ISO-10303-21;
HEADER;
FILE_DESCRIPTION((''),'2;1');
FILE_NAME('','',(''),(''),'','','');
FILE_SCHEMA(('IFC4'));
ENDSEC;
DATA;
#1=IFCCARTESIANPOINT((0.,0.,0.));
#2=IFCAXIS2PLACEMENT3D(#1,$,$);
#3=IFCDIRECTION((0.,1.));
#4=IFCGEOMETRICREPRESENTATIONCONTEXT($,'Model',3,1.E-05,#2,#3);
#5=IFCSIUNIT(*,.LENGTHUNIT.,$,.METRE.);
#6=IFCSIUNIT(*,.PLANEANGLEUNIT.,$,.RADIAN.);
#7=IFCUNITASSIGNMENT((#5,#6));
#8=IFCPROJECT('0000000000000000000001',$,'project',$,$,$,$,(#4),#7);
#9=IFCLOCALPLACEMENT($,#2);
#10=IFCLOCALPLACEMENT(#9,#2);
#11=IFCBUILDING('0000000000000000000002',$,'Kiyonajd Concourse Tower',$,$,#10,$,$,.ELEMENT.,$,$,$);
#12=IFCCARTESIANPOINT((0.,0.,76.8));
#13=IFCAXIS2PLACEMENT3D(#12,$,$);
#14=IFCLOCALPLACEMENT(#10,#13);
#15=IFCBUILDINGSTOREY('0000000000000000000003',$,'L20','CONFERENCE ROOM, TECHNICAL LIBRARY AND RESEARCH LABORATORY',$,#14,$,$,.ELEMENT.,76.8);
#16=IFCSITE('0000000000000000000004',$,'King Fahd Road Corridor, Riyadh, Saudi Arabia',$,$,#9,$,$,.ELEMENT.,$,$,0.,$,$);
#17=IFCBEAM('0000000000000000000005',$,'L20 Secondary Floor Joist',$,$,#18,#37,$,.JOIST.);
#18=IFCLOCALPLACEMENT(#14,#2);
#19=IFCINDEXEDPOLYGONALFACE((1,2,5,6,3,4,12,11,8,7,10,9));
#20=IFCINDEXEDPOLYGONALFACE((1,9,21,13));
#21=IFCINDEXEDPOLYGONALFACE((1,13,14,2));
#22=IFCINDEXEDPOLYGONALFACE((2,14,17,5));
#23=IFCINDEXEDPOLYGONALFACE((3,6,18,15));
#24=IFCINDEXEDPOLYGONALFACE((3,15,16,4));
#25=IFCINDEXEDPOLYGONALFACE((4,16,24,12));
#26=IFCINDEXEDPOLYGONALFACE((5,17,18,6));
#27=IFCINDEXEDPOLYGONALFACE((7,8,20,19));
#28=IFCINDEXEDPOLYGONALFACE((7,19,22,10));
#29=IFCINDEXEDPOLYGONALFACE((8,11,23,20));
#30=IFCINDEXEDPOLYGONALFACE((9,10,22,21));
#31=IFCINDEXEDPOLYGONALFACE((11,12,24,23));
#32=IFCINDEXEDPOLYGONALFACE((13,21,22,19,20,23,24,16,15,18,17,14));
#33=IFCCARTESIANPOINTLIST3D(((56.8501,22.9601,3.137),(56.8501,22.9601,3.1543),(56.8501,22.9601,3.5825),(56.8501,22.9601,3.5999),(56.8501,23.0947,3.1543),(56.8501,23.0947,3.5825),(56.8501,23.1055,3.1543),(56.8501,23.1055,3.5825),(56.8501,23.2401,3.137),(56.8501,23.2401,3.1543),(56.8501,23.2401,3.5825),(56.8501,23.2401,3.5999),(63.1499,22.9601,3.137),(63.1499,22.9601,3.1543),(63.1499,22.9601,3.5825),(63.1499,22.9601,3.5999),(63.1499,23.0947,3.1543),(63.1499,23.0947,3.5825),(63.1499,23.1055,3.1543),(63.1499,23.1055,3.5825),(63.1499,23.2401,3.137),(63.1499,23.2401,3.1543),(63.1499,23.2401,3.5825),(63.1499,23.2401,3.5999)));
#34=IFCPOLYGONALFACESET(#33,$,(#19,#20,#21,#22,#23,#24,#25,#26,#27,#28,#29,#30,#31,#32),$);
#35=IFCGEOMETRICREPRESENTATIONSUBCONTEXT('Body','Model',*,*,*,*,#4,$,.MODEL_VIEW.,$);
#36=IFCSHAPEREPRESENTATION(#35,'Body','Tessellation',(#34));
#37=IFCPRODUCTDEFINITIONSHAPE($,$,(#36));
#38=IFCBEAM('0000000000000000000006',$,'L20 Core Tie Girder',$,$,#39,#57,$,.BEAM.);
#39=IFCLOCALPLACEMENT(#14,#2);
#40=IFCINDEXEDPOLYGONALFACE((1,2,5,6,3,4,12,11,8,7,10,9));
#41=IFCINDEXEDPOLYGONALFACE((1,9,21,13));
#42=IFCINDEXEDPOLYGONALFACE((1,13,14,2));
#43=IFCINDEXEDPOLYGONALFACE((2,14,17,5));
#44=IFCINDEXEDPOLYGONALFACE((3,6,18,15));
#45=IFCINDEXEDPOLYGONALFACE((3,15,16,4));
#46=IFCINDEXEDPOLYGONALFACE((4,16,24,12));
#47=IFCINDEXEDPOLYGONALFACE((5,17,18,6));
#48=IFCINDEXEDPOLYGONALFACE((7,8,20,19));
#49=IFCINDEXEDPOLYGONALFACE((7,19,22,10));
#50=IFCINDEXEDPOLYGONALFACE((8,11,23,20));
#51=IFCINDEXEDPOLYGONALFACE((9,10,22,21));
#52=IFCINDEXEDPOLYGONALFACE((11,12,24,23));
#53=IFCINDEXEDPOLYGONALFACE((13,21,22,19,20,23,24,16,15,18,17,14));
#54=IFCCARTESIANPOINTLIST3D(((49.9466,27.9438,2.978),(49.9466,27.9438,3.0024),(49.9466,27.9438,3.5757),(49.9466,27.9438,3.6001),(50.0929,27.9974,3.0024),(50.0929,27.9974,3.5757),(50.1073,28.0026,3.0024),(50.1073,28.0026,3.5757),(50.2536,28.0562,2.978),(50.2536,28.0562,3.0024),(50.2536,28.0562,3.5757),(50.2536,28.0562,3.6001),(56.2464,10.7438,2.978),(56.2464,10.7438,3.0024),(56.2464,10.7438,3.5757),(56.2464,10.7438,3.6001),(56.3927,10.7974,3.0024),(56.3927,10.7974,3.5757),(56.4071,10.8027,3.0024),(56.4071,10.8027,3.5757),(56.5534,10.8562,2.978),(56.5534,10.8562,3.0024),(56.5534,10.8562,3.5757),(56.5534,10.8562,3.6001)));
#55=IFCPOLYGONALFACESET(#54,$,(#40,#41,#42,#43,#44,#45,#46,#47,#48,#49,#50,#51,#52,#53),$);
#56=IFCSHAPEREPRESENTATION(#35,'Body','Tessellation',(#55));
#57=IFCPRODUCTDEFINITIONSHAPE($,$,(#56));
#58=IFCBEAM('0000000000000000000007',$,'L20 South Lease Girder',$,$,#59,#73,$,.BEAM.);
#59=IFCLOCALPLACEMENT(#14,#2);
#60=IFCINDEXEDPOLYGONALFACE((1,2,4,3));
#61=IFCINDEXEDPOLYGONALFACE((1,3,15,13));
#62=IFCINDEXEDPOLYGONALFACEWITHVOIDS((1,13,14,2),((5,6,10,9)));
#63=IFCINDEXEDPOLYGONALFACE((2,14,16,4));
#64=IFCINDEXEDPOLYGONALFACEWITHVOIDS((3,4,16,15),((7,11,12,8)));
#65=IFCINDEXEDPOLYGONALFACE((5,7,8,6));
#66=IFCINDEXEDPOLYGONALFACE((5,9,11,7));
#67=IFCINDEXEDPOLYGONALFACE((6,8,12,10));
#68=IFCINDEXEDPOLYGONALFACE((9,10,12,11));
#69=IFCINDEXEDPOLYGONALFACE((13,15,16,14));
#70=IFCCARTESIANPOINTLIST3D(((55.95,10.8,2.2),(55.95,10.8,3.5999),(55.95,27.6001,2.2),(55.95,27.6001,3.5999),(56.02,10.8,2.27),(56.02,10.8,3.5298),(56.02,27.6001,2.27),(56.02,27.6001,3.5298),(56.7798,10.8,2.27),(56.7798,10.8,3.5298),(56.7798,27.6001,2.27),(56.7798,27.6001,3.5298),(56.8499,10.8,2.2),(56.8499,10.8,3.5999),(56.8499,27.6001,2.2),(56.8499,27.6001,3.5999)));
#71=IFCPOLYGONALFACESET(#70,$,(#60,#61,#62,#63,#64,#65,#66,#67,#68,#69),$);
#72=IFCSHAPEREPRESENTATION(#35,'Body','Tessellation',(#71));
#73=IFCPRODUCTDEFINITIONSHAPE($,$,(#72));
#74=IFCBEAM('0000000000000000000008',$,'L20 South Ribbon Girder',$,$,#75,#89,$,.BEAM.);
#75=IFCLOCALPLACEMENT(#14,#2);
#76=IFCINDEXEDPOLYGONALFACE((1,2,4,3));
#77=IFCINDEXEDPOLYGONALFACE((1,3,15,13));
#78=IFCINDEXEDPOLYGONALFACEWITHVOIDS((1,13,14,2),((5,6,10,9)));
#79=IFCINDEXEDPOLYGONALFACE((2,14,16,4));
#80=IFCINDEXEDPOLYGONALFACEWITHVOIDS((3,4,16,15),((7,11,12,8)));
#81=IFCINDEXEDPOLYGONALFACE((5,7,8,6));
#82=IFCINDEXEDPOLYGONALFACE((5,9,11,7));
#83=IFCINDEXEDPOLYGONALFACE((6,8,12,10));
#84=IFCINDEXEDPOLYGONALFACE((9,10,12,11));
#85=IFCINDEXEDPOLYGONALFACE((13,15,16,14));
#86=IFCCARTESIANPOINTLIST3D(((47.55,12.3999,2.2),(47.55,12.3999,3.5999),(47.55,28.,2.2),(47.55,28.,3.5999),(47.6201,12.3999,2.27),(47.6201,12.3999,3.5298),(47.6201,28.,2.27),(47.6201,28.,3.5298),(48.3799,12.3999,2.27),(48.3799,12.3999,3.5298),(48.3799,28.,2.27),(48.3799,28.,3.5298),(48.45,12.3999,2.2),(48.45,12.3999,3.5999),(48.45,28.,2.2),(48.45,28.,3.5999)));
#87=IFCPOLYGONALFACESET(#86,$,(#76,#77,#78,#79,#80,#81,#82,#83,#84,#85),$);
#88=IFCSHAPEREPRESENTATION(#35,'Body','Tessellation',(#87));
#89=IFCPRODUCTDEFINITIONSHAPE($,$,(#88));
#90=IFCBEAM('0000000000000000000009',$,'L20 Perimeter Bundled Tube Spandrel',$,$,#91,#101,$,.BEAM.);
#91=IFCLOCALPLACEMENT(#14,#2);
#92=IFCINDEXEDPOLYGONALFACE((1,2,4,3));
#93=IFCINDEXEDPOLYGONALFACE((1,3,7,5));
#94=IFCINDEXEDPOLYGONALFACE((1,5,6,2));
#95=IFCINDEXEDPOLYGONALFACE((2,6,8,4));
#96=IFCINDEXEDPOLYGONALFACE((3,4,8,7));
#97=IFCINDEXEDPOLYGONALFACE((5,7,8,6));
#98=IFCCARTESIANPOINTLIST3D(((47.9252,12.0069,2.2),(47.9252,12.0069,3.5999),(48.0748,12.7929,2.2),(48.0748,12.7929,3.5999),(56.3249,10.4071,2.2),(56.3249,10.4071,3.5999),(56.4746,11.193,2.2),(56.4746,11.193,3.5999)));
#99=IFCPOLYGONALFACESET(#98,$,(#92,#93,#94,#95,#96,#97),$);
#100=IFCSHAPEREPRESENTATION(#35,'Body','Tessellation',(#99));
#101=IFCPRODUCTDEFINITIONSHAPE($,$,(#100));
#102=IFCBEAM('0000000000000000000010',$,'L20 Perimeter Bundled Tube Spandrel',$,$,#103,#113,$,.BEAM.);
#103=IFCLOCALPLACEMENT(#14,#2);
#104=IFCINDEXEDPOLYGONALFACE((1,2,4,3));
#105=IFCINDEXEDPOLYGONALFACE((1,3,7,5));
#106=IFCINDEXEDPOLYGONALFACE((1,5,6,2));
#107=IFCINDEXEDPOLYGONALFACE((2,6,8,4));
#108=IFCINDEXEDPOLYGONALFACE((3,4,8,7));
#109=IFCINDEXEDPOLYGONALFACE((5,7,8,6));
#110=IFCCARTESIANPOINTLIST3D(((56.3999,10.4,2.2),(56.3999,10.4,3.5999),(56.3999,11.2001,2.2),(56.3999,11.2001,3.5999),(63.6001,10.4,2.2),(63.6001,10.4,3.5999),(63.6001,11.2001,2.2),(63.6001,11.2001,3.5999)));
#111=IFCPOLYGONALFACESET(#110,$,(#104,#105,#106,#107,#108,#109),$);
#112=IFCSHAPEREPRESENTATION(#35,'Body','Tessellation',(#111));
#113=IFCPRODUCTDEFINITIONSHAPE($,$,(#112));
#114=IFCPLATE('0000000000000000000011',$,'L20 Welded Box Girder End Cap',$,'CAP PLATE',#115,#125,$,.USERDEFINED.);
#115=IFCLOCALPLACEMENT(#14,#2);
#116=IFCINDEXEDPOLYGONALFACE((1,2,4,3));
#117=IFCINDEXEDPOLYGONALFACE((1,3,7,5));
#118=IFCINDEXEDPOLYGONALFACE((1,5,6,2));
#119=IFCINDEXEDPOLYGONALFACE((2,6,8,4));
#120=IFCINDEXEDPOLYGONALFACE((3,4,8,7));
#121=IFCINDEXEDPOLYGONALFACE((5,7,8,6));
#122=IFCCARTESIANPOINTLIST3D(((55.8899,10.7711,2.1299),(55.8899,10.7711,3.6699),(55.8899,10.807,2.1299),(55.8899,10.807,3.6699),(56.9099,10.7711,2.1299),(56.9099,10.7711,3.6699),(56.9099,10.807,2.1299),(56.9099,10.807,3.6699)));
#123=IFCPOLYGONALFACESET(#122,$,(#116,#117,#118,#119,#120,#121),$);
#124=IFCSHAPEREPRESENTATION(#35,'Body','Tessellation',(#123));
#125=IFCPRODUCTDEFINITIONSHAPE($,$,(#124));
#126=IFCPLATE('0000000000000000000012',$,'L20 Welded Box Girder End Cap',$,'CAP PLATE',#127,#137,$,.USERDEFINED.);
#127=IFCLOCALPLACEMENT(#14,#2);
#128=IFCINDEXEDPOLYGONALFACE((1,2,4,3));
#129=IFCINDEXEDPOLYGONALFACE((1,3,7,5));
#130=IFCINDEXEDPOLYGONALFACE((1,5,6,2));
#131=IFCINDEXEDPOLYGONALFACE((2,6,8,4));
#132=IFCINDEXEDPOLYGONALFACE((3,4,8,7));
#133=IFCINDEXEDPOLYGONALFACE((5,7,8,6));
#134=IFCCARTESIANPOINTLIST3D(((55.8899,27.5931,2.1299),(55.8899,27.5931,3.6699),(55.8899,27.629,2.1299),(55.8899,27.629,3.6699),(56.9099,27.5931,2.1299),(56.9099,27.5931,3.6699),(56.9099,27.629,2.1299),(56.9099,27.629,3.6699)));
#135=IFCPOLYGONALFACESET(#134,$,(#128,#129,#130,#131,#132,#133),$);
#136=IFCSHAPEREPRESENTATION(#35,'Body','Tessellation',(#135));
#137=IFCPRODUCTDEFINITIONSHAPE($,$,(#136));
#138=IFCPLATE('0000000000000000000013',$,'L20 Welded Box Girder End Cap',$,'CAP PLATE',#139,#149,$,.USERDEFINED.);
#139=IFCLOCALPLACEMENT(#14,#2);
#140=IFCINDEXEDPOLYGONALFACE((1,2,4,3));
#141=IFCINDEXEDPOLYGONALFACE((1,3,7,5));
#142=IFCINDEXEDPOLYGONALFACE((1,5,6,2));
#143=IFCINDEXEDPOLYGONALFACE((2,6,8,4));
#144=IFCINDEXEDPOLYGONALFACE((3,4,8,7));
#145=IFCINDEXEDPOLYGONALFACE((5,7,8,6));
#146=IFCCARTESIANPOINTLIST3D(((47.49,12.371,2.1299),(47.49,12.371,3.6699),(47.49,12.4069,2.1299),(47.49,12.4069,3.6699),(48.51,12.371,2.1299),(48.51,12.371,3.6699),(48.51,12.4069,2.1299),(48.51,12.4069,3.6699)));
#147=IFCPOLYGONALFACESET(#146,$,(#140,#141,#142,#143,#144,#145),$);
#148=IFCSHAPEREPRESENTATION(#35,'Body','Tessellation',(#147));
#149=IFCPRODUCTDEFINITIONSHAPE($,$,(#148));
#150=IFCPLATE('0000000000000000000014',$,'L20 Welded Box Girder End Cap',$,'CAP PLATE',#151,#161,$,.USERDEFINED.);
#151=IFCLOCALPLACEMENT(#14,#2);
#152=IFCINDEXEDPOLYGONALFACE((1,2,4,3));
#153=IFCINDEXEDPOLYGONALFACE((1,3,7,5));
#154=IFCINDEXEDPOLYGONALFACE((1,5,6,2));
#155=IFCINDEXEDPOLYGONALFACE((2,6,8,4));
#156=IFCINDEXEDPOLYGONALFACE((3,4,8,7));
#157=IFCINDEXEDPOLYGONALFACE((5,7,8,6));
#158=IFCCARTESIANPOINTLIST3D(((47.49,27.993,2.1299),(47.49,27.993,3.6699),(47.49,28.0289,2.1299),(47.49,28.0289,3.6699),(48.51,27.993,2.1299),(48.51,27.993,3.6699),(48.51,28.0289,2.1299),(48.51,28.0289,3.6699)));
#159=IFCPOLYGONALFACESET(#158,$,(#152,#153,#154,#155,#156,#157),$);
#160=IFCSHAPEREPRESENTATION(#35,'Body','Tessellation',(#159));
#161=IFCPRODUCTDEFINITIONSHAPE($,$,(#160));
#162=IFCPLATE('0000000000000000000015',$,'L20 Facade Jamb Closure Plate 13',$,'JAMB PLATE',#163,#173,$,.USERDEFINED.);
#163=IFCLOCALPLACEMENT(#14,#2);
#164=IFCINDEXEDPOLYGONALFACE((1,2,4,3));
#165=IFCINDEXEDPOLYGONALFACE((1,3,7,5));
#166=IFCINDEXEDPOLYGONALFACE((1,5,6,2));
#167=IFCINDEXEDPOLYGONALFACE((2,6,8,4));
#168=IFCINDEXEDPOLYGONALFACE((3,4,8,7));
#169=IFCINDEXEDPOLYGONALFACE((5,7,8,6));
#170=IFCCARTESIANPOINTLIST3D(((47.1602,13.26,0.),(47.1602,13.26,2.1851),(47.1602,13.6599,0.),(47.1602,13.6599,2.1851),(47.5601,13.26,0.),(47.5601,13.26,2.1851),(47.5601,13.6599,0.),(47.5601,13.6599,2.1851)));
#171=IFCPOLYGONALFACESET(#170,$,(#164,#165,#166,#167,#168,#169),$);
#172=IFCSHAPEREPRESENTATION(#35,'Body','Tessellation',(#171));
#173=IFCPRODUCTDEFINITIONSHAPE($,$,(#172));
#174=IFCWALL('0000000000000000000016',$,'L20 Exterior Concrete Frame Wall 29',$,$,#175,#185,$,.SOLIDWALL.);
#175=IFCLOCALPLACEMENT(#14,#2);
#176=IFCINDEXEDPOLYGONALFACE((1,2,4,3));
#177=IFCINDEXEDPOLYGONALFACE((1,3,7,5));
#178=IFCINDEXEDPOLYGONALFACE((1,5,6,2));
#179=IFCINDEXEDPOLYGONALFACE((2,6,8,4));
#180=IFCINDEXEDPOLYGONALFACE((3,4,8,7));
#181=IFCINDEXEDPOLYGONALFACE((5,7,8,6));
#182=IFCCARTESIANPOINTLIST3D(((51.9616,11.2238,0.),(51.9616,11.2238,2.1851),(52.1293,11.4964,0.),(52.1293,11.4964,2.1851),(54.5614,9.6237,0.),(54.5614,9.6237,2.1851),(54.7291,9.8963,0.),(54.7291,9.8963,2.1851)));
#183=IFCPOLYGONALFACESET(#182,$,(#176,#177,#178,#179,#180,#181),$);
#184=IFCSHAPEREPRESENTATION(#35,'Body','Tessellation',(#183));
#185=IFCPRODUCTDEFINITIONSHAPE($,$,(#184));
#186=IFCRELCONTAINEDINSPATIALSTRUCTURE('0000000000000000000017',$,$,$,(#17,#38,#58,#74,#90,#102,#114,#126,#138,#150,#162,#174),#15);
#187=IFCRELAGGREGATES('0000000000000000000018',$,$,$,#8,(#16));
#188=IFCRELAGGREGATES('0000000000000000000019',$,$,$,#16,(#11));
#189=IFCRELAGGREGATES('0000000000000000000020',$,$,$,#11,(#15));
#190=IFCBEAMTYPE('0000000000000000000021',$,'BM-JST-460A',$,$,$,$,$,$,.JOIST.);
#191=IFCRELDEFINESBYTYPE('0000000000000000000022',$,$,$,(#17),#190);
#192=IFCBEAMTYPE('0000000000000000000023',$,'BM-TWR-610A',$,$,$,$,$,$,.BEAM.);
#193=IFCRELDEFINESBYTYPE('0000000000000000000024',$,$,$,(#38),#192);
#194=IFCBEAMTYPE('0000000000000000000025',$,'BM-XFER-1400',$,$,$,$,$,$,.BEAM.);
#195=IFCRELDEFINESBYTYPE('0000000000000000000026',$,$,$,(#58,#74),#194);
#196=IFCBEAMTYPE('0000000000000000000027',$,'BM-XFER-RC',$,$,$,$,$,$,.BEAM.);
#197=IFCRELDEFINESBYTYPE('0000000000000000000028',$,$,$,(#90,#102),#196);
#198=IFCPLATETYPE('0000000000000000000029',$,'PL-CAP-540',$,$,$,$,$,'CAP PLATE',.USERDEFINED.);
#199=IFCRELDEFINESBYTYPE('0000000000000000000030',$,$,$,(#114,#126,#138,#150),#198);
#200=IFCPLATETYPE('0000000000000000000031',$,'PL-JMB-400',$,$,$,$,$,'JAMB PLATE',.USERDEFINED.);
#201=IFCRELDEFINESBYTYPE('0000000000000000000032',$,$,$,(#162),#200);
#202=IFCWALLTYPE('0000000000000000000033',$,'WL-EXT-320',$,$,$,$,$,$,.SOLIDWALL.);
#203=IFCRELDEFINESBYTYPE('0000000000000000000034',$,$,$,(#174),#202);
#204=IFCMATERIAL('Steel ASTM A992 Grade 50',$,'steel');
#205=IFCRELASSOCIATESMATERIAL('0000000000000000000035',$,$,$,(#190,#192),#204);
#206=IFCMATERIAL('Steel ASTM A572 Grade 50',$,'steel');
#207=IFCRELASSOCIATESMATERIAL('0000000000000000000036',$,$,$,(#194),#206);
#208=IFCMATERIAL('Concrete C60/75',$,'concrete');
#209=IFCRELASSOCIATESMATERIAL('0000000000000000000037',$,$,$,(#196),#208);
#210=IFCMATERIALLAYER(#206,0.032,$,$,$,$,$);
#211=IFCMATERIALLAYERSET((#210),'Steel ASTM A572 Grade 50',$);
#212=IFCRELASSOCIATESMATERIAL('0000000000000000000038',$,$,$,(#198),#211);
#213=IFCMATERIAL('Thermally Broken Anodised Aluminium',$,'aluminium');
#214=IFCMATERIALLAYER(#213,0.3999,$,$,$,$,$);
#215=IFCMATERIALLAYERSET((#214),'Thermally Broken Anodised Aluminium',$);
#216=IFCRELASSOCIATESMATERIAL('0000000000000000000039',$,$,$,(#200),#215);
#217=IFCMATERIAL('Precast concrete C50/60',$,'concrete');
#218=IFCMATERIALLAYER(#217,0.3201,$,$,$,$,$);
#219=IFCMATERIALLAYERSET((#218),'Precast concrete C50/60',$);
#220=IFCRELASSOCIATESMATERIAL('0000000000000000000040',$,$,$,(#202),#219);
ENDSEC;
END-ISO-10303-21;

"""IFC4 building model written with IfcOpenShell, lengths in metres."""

from ifc_helpers import new_model, si_unit, direction, frame, frame_2d, origin, origin_2d, place, context, subcontext, project, spatial, rectangle, hollow_rectangle, i_section, extrude, material, layer, layer_set, material_profile, profile_set, type_object, element, save


model = new_model("IFC4")

# Units and contexts
model_context = context("Model", 3, precision=1e-05, world=origin(), true_north=direction((0.0, 1.0)))
body_context = subcontext(model_context, "Body", "Model", "MODEL_VIEW")
ifc_project = project(units=[si_unit("LENGTHUNIT", "METRE"), si_unit("PLANEANGLEUNIT", "RADIAN")], contexts=[model_context])

# Site, building, storey
site_placement = place(None, origin())
site = spatial("IfcSite", under=ifc_project, at=site_placement, Name="King Fahd Road Corridor, Riyadh, Saudi Arabia", CompositionType="ELEMENT", RefElevation=0.0)
building_placement = place(site_placement, origin())
building = spatial("IfcBuilding", under=site, at=building_placement, Name="Kiyonajd Concourse Tower", CompositionType="ELEMENT")
storey_placement = place(building_placement, frame((0.0, 0.0, 76.8)))
storey = spatial("IfcBuildingStorey", under=building, at=storey_placement, Name="L20", Description="CONFERENCE ROOM, TECHNICAL LIBRARY AND RESEARCH LABORATORY", CompositionType="ELEMENT", Elevation=76.8)

# Shared definitions
ifc_material_1 = material(Name="Concrete C60/75", Category="concrete")

# Beams
ifc_material_2 = material(Name="Steel ASTM A992 Grade 50", Category="steel")
ifc_material_profile_1 = material_profile(ifc_material_2, i_section(OverallWidth=0.28, OverallDepth=0.4629, WebThickness=0.0107, FlangeThickness=0.0173, at=origin_2d()), Name="W460X113")
ifc_profile_set_1 = profile_set([ifc_material_profile_1], Name="Steel ASTM A992 Grade 50")
beam_type_1 = type_object("IfcBeamType", Name="BM-JST-460A", PredefinedType="JOIST", material=ifc_profile_set_1)
beam_1_placement = place(storey_placement, frame((56.8501, 23.1001, 3.3684), z_axis=(1.0, 0.0, 0.0), x_axis=(0.0, 1.0, 0.0)))
element("IfcBeam", 1, at=beam_1_placement, inside=storey, type_object=beam_type_1, Name="L20 Secondary Floor Joist", PredefinedType="JOIST", context=body_context, shape_type="SweptSolid", body=[
    extrude(i_section(OverallWidth=0.28, OverallDepth=0.4629, WebThickness=0.0107, FlangeThickness=0.0173, at=origin_2d()), origin(), (0.0, 0.0, 1.0), 6.2998),
])
ifc_material_profile_2 = material_profile(ifc_material_2, i_section(OverallWidth=0.3269, OverallDepth=0.6221, WebThickness=0.0154, FlangeThickness=0.0244, at=origin_2d()), Name="W610X195")
ifc_profile_set_2 = profile_set([ifc_material_profile_2], Name="Steel ASTM A992 Grade 50")
beam_type_2 = type_object("IfcBeamType", Name="BM-TWR-610A", PredefinedType="BEAM", material=ifc_profile_set_2)
beam_2_placement = place(storey_placement, frame((50.1001, 28.0, 3.2891), z_axis=(0.343925, -0.938997, 0.0), x_axis=(0.938997, 0.343925, 0.0)))
element("IfcBeam", 2, at=beam_2_placement, inside=storey, type_object=beam_type_2, Name="L20 Core Tie Girder", PredefinedType="BEAM", context=body_context, shape_type="SweptSolid", body=[
    extrude(i_section(OverallWidth=0.3269, OverallDepth=0.6221, WebThickness=0.0154, FlangeThickness=0.0244, at=origin_2d()), origin(), (0.0, 0.0, 1.0), 18.3174),
])
ifc_material_3 = material(Name="Steel ASTM A572 Grade 50", Category="steel")
ifc_material_profile_3 = material_profile(ifc_material_3, hollow_rectangle(XDim=0.8999, YDim=1.3999, WallThickness=0.0701, at=origin_2d()), Name="BOX-1400x900x70")
ifc_profile_set_3 = profile_set([ifc_material_profile_3], Name="Steel ASTM A572 Grade 50")
beam_type_3 = type_object("IfcBeamType", Name="BM-XFER-1400", PredefinedType="BEAM", material=ifc_profile_set_3)
beam_3_placement = place(storey_placement, frame((56.3999, 10.8, 2.8999), z_axis=(0.0, 1.0, 0.0), x_axis=(-1.0, 0.0, 0.0)))
element("IfcBeam", 3, at=beam_3_placement, inside=storey, type_object=beam_type_3, Name="L20 South Lease Girder", PredefinedType="BEAM", context=body_context, shape_type="SweptSolid", body=[
    extrude(hollow_rectangle(XDim=0.8999, YDim=1.3999, WallThickness=0.0701, at=origin_2d()), origin(), (0.0, 0.0, 1.0), 16.8),
])
beam_4_placement = place(storey_placement, frame((48.0, 12.3999, 2.8999), z_axis=(0.0, 1.0, 0.0), x_axis=(-1.0, 0.0, 0.0)))
element("IfcBeam", 4, at=beam_4_placement, inside=storey, type_object=beam_type_3, Name="L20 South Ribbon Girder", PredefinedType="BEAM", context=body_context, shape_type="SweptSolid", body=[
    extrude(hollow_rectangle(XDim=0.8999, YDim=1.3999, WallThickness=0.0701, at=origin_2d()), origin(), (0.0, 0.0, 1.0), 15.6001),
])
ifc_material_profile_4 = material_profile(ifc_material_1, rectangle(XDim=0.8, YDim=1.3999, at=origin_2d()), Name="RCBM-800x1400")
ifc_profile_set_4 = profile_set([ifc_material_profile_4], Name="Concrete C60/75")
beam_type_4 = type_object("IfcBeamType", Name="BM-XFER-RC", PredefinedType="BEAM", material=ifc_profile_set_4)
beam_5_placement = place(storey_placement, frame((48.0, 12.3999, 2.8999), z_axis=(0.982341, -0.187098, 0.0), x_axis=(0.187098, 0.982341, 0.0)))
element("IfcBeam", 5, at=beam_5_placement, inside=storey, type_object=beam_type_4, Name="L20 Perimeter Bundled Tube Spandrel", PredefinedType="BEAM", context=body_context, shape_type="SweptSolid", body=[
    extrude(rectangle(XDim=0.8, YDim=1.3999, at=origin_2d()), origin(), (0.0, 0.0, 1.0), 8.5508),
])
beam_6_placement = place(storey_placement, frame((56.3999, 10.8, 2.8999), z_axis=(1.0, 0.0, 0.0), x_axis=(0.0, 1.0, 0.0)))
element("IfcBeam", 6, at=beam_6_placement, inside=storey, type_object=beam_type_4, Name="L20 Perimeter Bundled Tube Spandrel", PredefinedType="BEAM", context=body_context, shape_type="SweptSolid", body=[
    extrude(rectangle(XDim=0.8, YDim=1.3999, at=origin_2d()), origin(), (0.0, 0.0, 1.0), 7.2002),
])

# Plates
ifc_layer_1 = layer(ifc_material_3, 0.032)
ifc_layer_set_1 = layer_set([ifc_layer_1], Name="Steel ASTM A572 Grade 50")
plate_type_1 = type_object("IfcPlateType", Name="PL-CAP-540", ElementType="CAP PLATE", PredefinedType="USERDEFINED", material=ifc_layer_set_1)
for number, where, z_axis, x_axis, name in (
    (7, (56.3999, 10.7891, 2.1299), (0.0, 0.0, 1.0), (0.0, -1.0, 0.0), "L20 Welded Box Girder End Cap"),
    (8, (56.3999, 27.6111, 2.1299), (0.0, 0.0, 1.0), (0.0, 1.0, 0.0), "L20 Welded Box Girder End Cap"),
    (9, (48.0, 12.3889, 2.1299), (0.0, 0.0, 1.0), (0.0, -1.0, 0.0), "L20 Welded Box Girder End Cap"),
    (10, (48.0, 28.011, 2.1299), (0.0, 0.0, 1.0), (0.0, 1.0, 0.0), "L20 Welded Box Girder End Cap"),
):
    element("IfcPlate", number, at=place(storey_placement, frame(where, z_axis=z_axis, x_axis=x_axis)), inside=storey, type_object=plate_type_1, Name=name, ObjectType="CAP PLATE", PredefinedType="USERDEFINED", context=body_context, shape_type="SweptSolid", body=[
        extrude(rectangle(XDim=0.0359, YDim=1.02, at=origin_2d()), origin(), (0.0, 0.0, 1.0), 1.54),
    ])
ifc_material_4 = material(Name="Thermally Broken Anodised Aluminium", Category="aluminium")
ifc_layer_2 = layer(ifc_material_4, 0.3999)
ifc_layer_set_2 = layer_set([ifc_layer_2], Name="Thermally Broken Anodised Aluminium")
plate_type_2 = type_object("IfcPlateType", Name="PL-JMB-400", ElementType="JAMB PLATE", PredefinedType="USERDEFINED", material=ifc_layer_set_2)
plate_placement = place(storey_placement, frame((47.3601, 13.46, 0.0), z_axis=(0.0, 0.0, 1.0), x_axis=(1.0, 0.0, 0.0)))
element("IfcPlate", 11, at=plate_placement, inside=storey, type_object=plate_type_2, Name="L20 Facade Jamb Closure Plate 13", ObjectType="JAMB PLATE", PredefinedType="USERDEFINED", context=body_context, shape_type="SweptSolid", body=[
    extrude(rectangle(XDim=0.3999, YDim=0.3999, at=origin_2d()), origin(), (0.0, 0.0, 1.0), 2.1851),
])

# Wall
ifc_material_5 = material(Name="Precast concrete C50/60", Category="concrete")
ifc_layer_3 = layer(ifc_material_5, 0.3201)
ifc_layer_set_3 = layer_set([ifc_layer_3], Name="Precast concrete C50/60")
wall_type_1 = type_object("IfcWallType", Name="WL-EXT-320", PredefinedType="SOLIDWALL", material=ifc_layer_set_3)
wall_1_placement = place(storey_placement, frame((54.6453, 9.76, 0.0), z_axis=(0.0, 0.0, 1.0), x_axis=(-0.851631, 0.524142, 0.0)))
element("IfcWall", 12, at=wall_1_placement, inside=storey, type_object=wall_type_1, Name="L20 Exterior Concrete Frame Wall 29", PredefinedType="SOLIDWALL", context=body_context, shape_type="SweptSolid", body=[
    extrude(rectangle(XDim=3.0527, YDim=0.3201, at=frame_2d((1.5264, 0.0))), origin(), (0.0, 0.0, 1.0), 2.1851),
])

save(model, "model.ifc")
